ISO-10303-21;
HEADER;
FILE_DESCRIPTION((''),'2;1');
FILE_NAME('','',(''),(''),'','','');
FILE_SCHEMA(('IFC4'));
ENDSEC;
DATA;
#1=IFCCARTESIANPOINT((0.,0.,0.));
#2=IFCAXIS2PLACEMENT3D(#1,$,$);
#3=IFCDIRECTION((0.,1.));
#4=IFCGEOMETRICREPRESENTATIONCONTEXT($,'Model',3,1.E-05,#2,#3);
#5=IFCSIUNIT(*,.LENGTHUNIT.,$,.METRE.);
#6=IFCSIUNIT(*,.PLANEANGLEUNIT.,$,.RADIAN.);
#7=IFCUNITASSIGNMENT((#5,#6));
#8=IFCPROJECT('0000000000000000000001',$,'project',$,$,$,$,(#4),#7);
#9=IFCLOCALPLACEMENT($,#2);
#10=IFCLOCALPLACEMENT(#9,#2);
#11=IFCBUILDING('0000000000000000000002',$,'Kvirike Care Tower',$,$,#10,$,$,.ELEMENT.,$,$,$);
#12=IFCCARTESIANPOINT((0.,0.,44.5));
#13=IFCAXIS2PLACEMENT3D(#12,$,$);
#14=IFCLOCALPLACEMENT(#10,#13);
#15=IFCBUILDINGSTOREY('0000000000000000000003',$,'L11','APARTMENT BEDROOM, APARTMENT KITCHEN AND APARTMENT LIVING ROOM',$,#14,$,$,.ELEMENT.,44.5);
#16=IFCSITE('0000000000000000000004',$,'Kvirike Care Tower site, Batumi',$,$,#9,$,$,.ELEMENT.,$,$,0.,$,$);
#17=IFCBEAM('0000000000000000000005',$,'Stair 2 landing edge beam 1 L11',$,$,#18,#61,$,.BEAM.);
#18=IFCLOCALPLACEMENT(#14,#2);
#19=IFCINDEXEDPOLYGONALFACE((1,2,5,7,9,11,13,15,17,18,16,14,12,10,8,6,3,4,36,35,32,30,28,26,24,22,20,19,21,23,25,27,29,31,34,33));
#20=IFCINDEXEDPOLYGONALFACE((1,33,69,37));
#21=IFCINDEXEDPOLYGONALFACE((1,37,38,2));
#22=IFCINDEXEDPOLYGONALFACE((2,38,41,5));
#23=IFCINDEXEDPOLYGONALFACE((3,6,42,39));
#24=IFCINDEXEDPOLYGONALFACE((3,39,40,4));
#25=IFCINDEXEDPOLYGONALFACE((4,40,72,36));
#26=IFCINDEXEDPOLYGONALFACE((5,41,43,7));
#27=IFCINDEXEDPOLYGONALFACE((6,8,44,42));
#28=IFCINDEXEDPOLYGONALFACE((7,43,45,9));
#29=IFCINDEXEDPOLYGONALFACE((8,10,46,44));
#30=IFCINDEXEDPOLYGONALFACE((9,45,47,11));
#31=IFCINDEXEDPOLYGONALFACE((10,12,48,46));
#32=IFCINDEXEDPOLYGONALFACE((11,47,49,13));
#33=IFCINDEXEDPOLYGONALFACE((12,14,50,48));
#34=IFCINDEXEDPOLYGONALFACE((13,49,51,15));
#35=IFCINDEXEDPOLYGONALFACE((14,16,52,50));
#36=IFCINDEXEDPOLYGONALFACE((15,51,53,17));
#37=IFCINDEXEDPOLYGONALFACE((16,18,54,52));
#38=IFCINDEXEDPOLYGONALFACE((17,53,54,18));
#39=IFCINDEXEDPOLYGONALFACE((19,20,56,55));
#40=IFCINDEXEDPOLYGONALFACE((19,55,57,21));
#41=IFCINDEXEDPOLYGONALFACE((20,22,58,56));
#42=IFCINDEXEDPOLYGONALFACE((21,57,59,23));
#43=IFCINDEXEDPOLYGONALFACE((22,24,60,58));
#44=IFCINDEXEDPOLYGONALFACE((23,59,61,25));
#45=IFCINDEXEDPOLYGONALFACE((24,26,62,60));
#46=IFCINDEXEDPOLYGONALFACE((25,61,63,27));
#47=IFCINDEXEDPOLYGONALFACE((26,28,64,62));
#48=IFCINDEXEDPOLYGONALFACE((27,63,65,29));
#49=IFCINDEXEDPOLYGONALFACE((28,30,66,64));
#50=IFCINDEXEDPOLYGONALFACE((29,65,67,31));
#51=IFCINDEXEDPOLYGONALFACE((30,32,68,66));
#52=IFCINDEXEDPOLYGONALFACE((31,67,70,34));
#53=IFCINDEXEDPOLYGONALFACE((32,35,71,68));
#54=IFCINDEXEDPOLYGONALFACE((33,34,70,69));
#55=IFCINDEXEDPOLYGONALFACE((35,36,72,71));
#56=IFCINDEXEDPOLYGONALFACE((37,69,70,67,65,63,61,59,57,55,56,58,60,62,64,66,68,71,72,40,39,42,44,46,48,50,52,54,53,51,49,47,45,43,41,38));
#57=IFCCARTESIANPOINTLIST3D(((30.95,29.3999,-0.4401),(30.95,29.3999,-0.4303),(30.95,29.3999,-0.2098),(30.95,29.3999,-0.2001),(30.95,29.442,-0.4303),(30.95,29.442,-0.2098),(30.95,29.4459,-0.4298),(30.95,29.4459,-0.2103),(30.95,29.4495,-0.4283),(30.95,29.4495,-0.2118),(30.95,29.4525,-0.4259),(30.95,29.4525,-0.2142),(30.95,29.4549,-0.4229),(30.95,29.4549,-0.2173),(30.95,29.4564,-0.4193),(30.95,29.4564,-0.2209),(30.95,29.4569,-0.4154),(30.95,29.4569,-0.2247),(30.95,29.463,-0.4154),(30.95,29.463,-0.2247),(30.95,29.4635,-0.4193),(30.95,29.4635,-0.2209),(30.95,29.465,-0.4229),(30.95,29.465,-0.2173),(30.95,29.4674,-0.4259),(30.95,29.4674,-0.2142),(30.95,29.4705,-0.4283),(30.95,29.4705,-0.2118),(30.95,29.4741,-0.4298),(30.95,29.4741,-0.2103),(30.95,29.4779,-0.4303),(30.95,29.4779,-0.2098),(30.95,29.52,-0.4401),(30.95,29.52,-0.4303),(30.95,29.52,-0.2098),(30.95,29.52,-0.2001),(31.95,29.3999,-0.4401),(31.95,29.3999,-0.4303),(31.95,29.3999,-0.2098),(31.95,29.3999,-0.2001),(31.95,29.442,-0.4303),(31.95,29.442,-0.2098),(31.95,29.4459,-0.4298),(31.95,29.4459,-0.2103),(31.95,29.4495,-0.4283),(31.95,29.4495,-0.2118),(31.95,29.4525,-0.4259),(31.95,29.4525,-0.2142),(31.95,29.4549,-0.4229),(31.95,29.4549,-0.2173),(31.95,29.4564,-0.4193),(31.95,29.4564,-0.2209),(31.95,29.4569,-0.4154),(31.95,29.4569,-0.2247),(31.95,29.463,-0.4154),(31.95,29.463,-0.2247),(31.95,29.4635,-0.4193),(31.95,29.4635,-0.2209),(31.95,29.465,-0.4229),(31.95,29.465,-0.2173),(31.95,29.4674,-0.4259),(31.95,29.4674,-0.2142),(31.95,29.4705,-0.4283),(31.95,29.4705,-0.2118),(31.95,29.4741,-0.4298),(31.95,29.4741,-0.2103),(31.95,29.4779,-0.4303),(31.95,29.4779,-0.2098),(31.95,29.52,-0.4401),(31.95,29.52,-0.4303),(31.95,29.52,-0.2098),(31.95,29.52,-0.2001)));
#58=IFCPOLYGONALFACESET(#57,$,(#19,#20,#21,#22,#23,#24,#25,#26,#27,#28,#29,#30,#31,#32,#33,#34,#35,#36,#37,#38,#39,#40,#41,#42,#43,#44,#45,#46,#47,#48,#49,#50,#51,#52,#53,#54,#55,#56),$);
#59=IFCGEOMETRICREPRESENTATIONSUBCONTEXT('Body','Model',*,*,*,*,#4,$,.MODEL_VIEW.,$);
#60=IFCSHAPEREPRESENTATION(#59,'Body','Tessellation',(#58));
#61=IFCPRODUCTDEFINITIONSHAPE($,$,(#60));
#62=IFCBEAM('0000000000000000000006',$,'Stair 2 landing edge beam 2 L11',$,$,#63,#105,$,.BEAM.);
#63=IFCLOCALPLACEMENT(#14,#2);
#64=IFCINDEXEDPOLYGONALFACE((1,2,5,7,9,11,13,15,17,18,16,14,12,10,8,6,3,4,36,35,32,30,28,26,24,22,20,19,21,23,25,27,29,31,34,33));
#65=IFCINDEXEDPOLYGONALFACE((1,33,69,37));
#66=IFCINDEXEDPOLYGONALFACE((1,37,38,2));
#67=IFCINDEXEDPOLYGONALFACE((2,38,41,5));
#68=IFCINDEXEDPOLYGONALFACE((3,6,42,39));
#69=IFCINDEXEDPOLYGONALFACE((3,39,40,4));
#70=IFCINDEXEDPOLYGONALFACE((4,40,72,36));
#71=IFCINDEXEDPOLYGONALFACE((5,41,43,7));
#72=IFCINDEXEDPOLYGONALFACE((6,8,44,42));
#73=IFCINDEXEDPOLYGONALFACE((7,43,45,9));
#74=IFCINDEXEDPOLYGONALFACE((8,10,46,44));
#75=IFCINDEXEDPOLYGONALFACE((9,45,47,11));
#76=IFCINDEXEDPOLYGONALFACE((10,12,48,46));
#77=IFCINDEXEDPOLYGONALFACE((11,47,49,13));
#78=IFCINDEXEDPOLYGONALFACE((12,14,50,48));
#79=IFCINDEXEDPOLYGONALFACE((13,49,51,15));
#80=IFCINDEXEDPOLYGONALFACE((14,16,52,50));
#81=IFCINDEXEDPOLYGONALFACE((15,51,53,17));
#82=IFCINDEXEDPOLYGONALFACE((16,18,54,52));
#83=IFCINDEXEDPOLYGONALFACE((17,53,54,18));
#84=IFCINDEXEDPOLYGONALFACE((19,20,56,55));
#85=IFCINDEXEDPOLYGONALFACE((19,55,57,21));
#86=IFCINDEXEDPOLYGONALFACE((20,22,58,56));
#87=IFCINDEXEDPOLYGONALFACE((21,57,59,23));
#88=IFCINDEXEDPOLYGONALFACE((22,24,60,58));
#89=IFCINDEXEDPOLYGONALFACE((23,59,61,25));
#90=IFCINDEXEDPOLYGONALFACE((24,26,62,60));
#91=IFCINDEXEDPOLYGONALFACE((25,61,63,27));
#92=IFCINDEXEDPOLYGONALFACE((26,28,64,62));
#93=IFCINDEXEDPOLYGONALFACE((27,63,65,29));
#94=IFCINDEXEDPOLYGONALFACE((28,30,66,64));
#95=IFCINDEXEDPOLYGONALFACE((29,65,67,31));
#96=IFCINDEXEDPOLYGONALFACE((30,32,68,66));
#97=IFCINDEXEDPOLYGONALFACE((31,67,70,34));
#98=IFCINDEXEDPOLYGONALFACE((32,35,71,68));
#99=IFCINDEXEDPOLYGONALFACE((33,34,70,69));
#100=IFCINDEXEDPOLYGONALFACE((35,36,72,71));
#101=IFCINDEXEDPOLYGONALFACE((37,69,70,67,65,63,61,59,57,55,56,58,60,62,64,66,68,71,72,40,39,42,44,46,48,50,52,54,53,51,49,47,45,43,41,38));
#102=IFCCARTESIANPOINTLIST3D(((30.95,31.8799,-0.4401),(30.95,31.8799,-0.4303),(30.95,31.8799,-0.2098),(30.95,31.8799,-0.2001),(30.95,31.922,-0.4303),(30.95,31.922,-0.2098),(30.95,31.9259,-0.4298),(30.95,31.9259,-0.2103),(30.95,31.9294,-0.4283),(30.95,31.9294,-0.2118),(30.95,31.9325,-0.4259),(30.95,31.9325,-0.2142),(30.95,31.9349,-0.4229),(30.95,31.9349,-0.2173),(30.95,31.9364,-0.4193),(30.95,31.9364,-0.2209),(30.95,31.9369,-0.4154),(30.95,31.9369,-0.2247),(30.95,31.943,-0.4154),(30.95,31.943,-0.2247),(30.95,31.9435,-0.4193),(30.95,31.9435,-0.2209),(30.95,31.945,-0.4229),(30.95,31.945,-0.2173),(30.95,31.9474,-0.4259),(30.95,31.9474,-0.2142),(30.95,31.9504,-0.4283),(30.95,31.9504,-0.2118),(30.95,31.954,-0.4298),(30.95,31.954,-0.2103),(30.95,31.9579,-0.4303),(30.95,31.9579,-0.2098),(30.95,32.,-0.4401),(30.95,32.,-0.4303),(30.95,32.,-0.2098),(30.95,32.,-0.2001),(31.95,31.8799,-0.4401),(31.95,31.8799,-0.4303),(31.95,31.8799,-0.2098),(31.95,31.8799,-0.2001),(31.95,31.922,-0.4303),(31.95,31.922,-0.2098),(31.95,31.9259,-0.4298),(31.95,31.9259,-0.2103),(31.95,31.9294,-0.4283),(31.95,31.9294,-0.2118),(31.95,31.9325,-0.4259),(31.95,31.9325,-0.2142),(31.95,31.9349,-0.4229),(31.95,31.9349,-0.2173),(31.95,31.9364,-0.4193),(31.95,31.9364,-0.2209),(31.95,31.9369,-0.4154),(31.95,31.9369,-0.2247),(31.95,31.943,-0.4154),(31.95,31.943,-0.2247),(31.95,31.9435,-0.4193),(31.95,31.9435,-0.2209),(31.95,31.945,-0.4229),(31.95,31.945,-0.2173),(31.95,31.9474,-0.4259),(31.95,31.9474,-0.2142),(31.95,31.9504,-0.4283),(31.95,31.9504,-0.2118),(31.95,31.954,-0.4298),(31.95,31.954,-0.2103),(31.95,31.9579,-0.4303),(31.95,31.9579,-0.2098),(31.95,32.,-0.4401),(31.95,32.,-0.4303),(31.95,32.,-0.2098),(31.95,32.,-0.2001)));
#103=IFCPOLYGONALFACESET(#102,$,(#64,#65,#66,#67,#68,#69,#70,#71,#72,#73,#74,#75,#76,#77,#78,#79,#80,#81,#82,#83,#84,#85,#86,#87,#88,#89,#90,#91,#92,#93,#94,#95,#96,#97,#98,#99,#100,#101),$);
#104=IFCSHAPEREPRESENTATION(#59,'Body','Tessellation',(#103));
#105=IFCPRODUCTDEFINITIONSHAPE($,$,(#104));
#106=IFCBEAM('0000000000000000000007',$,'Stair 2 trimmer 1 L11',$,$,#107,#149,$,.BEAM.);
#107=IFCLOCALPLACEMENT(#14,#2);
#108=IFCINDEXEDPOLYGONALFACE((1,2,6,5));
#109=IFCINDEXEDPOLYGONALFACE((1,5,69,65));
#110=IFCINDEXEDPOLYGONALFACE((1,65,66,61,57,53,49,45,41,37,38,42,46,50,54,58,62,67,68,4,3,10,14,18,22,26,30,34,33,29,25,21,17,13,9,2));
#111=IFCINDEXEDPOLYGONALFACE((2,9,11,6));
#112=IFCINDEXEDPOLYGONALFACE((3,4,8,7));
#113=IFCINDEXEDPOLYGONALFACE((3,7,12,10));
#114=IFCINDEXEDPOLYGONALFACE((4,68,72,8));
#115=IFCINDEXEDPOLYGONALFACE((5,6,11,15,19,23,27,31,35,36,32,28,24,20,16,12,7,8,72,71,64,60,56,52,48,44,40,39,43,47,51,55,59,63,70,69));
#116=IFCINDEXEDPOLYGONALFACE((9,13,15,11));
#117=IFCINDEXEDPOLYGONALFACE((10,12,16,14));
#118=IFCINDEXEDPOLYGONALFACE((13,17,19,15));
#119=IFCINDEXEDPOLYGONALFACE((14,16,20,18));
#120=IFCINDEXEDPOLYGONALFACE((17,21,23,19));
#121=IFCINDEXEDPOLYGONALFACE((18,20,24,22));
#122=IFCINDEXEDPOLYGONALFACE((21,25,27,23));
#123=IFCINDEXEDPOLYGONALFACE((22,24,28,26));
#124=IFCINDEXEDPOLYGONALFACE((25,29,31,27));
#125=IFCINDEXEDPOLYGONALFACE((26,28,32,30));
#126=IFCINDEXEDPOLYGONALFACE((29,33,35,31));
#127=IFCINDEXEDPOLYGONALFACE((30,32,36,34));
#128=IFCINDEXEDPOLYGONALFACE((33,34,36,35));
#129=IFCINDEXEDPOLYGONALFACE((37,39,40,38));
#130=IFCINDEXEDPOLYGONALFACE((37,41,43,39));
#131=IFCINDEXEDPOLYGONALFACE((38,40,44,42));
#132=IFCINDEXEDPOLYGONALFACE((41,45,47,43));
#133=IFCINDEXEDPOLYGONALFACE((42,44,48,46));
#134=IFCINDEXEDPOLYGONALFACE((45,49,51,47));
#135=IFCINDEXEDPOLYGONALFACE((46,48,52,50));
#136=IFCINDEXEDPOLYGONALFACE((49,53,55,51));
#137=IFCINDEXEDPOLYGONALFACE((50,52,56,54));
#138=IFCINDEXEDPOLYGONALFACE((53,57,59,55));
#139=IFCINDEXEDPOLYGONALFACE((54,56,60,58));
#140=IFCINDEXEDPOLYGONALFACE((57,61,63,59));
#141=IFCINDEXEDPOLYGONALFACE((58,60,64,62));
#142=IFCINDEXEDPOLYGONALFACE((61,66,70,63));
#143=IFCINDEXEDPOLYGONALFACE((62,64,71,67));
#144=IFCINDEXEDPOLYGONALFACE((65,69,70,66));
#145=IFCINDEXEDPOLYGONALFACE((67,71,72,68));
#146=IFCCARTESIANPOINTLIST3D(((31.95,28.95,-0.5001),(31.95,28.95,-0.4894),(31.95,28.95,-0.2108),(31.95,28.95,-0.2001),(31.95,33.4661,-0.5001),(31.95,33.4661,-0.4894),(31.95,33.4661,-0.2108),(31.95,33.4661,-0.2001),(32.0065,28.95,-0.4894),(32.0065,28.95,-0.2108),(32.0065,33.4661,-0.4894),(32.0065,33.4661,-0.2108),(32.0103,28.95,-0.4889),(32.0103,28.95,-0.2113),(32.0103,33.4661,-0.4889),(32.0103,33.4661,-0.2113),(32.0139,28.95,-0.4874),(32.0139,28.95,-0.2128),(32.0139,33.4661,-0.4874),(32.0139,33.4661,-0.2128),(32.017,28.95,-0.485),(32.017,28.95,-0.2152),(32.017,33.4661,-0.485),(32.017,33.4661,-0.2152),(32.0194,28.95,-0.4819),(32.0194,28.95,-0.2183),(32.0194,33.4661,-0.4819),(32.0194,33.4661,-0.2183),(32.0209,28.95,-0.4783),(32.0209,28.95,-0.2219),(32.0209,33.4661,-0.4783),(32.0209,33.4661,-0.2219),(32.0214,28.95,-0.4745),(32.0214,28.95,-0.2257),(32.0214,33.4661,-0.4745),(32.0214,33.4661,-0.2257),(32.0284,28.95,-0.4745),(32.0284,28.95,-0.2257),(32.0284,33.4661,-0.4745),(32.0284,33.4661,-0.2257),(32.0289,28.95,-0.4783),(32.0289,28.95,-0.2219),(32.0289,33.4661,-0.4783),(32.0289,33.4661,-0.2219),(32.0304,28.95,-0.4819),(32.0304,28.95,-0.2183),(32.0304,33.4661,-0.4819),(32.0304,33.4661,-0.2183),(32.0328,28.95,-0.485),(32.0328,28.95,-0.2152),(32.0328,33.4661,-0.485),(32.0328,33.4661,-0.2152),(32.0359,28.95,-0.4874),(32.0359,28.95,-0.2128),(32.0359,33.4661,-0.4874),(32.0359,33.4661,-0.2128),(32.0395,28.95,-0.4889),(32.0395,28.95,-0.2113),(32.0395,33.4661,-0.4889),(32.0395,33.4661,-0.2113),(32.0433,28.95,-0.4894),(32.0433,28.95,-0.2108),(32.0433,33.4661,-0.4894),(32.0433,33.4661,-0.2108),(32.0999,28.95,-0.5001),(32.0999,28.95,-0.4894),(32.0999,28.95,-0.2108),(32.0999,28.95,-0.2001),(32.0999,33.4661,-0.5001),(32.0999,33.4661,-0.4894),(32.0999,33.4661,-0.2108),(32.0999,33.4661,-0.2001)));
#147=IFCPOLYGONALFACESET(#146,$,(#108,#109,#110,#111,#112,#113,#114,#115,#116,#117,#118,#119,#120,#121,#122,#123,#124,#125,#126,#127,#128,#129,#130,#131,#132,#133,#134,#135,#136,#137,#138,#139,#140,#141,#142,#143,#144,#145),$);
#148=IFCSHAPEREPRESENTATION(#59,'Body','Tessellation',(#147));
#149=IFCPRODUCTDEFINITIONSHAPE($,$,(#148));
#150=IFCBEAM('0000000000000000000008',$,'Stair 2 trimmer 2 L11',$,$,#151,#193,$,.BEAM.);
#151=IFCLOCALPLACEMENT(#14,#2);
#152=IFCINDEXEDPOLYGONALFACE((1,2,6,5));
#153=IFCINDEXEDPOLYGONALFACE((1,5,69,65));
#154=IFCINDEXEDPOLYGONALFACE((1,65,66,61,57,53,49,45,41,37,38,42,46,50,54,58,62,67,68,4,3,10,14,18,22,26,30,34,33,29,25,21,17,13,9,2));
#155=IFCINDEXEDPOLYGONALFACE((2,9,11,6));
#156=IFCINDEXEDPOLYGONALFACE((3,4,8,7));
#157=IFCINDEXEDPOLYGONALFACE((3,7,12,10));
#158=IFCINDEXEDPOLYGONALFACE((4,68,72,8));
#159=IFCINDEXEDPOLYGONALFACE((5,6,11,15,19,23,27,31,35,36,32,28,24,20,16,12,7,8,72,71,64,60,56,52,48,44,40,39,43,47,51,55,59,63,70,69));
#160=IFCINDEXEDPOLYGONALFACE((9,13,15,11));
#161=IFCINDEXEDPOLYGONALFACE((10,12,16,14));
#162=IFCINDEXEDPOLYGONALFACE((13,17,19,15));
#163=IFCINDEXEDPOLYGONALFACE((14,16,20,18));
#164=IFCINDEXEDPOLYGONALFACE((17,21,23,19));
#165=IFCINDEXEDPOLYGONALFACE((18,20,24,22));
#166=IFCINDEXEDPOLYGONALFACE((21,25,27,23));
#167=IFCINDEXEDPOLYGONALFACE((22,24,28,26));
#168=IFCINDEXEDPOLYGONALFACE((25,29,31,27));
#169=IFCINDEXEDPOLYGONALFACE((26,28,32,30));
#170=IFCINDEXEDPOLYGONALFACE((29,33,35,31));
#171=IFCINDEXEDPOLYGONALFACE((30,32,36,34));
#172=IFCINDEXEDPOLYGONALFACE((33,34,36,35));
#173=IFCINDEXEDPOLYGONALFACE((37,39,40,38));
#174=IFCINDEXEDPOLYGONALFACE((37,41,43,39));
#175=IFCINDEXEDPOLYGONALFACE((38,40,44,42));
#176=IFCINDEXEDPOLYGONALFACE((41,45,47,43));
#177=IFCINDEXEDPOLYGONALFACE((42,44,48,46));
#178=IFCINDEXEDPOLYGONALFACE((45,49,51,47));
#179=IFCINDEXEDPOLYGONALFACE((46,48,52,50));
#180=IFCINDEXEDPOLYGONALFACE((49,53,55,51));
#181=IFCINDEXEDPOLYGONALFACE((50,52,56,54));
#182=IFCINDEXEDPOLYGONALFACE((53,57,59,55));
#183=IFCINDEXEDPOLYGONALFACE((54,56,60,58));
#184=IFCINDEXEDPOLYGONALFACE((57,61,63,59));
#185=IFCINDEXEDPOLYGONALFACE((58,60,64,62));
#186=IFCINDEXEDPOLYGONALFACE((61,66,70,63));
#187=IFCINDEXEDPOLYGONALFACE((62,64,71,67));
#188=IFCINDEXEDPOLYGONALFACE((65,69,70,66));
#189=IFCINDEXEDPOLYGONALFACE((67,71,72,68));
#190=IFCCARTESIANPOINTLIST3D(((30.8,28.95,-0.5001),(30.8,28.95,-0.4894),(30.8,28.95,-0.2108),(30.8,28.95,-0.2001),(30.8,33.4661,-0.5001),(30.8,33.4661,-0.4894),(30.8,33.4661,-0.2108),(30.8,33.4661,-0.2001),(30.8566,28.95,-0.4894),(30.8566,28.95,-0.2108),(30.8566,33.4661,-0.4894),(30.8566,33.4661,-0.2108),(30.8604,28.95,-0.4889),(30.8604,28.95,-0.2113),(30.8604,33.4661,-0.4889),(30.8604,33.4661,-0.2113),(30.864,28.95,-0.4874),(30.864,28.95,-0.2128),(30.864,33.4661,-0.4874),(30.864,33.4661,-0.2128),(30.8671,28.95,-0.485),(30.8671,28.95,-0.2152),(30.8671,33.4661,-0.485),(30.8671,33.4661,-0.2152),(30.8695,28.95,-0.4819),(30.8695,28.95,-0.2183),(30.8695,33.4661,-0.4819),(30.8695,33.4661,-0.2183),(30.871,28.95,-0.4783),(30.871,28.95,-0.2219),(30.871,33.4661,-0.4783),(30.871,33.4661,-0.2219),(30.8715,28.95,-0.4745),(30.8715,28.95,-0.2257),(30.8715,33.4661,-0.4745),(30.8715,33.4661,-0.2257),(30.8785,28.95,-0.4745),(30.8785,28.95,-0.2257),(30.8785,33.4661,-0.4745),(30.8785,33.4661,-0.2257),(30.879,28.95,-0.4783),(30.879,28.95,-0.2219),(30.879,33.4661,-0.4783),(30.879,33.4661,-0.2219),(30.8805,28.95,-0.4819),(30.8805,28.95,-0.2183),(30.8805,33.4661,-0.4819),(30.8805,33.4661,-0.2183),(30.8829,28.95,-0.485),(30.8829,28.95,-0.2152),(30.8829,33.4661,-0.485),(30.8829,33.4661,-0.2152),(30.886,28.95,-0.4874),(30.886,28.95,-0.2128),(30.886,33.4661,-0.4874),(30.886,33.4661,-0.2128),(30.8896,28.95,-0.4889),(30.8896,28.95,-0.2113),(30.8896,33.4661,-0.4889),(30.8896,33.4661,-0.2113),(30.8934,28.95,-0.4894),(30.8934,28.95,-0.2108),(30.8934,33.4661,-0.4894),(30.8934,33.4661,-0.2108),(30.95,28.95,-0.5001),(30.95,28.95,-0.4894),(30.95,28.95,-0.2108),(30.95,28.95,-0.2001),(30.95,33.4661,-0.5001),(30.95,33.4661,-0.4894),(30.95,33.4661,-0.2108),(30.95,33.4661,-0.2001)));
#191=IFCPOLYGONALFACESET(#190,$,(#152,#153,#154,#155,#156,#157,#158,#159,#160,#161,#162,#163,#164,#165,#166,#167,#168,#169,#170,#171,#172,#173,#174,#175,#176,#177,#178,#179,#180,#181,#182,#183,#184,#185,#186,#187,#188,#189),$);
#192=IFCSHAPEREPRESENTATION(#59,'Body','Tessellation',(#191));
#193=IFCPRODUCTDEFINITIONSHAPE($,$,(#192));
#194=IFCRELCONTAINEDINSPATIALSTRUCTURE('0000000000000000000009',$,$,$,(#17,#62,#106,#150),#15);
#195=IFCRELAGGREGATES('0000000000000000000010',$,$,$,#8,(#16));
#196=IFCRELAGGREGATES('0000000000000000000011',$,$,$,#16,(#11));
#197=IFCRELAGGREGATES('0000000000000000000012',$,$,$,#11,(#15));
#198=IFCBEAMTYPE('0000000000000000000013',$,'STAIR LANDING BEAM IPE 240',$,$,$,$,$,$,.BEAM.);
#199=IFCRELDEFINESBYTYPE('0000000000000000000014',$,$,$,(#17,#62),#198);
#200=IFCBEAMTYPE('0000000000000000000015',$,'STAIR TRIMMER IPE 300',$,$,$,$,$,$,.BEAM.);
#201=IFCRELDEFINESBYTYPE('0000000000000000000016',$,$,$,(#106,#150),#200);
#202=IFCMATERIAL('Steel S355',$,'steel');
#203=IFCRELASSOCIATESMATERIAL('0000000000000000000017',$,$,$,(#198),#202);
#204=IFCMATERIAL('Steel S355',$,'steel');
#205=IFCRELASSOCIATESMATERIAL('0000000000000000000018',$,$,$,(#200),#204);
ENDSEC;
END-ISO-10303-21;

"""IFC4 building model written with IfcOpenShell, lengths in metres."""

from ifc_helpers import new_model, si_unit, direction, frame, origin, origin_2d, place, context, subcontext, project, spatial, i_section, extrude, material, material_profile, profile_set, type_object, element, save


model = new_model("IFC4")

# Units and contexts
model_context = context("Model", 3, precision=1e-05, world=origin(), true_north=direction((0.0, 1.0)))
body_context = subcontext(model_context, "Body", "Model", "MODEL_VIEW")
ifc_project = project(units=[si_unit("LENGTHUNIT", "METRE"), si_unit("PLANEANGLEUNIT", "RADIAN")], contexts=[model_context])

# Site, building, storey
site_placement = place(None, origin())
site = spatial("IfcSite", under=ifc_project, at=site_placement, Name="Kvirike Care Tower site, Batumi", CompositionType="ELEMENT", RefElevation=0.0)
building_placement = place(site_placement, origin())
building = spatial("IfcBuilding", under=site, at=building_placement, Name="Kvirike Care Tower", CompositionType="ELEMENT")
storey_placement = place(building_placement, frame((0.0, 0.0, 44.5)))
storey = spatial("IfcBuildingStorey", under=building, at=storey_placement, Name="L11", Description="APARTMENT BEDROOM, APARTMENT KITCHEN AND APARTMENT LIVING ROOM", CompositionType="ELEMENT", Elevation=44.5)

# Beams
ifc_material_1 = material(Name="Steel S355", Category="steel")
ifc_material_profile_1 = material_profile(ifc_material_1, i_section(OverallWidth=0.1201, OverallDepth=0.24, WebThickness=0.0061, FlangeThickness=0.0098, FilletRadius=0.0149, at=origin_2d()), Name="IPE 240")
ifc_profile_set_1 = profile_set([ifc_material_profile_1], Name="Steel S355")
beam_type_1 = type_object("IfcBeamType", Name="STAIR LANDING BEAM IPE 240", PredefinedType="BEAM", material=ifc_profile_set_1)
for number, where, z_axis, x_axis, name in (
    (1, (31.95, 29.46, -0.3201), (-1.0, 0.0, 0.0), (0.0, -1.0, 0.0), "Stair 2 landing edge beam 1 L11"),
    (2, (31.95, 31.9399, -0.3201), (-1.0, 0.0, 0.0), (0.0, -1.0, 0.0), "Stair 2 landing edge beam 2 L11"),
):
    element("IfcBeam", number, at=place(storey_placement, frame(where, z_axis=z_axis, x_axis=x_axis)), inside=storey, type_object=beam_type_1, Name=name, PredefinedType="BEAM", context=body_context, shape_type="SweptSolid", body=[
        extrude(i_section(OverallWidth=0.1201, OverallDepth=0.24, WebThickness=0.0061, FlangeThickness=0.0098, FilletRadius=0.0149, at=origin_2d()), origin(), (0.0, 0.0, 1.0), 1.0),
    ])
ifc_material_2 = material(Name="Steel S355", Category="steel")
ifc_material_profile_2 = material_profile(ifc_material_2, i_section(OverallWidth=0.1499, OverallDepth=0.3, WebThickness=0.0071, FlangeThickness=0.0107, FilletRadius=0.0149, at=origin_2d()), Name="IPE 300")
ifc_profile_set_2 = profile_set([ifc_material_profile_2], Name="Steel S355")
beam_type_2 = type_object("IfcBeamType", Name="STAIR TRIMMER IPE 300", PredefinedType="BEAM", material=ifc_profile_set_2)
for number, where, z_axis, x_axis, name in (
    (3, (32.0249, 28.95, -0.3501), (0.0, 1.0, 0.0), (-1.0, 0.0, 0.0), "Stair 2 trimmer 1 L11"),
    (4, (30.875, 28.95, -0.3501), (0.0, 1.0, 0.0), (-1.0, 0.0, 0.0), "Stair 2 trimmer 2 L11"),
):
    element("IfcBeam", number, at=place(storey_placement, frame(where, z_axis=z_axis, x_axis=x_axis)), inside=storey, type_object=beam_type_2, Name=name, PredefinedType="BEAM", context=body_context, shape_type="SweptSolid", body=[
        extrude(i_section(OverallWidth=0.1499, OverallDepth=0.3, WebThickness=0.0071, FlangeThickness=0.0107, FilletRadius=0.0149, at=origin_2d()), origin(), (0.0, 0.0, 1.0), 4.5161),
    ])

save(model, "model.ifc")
